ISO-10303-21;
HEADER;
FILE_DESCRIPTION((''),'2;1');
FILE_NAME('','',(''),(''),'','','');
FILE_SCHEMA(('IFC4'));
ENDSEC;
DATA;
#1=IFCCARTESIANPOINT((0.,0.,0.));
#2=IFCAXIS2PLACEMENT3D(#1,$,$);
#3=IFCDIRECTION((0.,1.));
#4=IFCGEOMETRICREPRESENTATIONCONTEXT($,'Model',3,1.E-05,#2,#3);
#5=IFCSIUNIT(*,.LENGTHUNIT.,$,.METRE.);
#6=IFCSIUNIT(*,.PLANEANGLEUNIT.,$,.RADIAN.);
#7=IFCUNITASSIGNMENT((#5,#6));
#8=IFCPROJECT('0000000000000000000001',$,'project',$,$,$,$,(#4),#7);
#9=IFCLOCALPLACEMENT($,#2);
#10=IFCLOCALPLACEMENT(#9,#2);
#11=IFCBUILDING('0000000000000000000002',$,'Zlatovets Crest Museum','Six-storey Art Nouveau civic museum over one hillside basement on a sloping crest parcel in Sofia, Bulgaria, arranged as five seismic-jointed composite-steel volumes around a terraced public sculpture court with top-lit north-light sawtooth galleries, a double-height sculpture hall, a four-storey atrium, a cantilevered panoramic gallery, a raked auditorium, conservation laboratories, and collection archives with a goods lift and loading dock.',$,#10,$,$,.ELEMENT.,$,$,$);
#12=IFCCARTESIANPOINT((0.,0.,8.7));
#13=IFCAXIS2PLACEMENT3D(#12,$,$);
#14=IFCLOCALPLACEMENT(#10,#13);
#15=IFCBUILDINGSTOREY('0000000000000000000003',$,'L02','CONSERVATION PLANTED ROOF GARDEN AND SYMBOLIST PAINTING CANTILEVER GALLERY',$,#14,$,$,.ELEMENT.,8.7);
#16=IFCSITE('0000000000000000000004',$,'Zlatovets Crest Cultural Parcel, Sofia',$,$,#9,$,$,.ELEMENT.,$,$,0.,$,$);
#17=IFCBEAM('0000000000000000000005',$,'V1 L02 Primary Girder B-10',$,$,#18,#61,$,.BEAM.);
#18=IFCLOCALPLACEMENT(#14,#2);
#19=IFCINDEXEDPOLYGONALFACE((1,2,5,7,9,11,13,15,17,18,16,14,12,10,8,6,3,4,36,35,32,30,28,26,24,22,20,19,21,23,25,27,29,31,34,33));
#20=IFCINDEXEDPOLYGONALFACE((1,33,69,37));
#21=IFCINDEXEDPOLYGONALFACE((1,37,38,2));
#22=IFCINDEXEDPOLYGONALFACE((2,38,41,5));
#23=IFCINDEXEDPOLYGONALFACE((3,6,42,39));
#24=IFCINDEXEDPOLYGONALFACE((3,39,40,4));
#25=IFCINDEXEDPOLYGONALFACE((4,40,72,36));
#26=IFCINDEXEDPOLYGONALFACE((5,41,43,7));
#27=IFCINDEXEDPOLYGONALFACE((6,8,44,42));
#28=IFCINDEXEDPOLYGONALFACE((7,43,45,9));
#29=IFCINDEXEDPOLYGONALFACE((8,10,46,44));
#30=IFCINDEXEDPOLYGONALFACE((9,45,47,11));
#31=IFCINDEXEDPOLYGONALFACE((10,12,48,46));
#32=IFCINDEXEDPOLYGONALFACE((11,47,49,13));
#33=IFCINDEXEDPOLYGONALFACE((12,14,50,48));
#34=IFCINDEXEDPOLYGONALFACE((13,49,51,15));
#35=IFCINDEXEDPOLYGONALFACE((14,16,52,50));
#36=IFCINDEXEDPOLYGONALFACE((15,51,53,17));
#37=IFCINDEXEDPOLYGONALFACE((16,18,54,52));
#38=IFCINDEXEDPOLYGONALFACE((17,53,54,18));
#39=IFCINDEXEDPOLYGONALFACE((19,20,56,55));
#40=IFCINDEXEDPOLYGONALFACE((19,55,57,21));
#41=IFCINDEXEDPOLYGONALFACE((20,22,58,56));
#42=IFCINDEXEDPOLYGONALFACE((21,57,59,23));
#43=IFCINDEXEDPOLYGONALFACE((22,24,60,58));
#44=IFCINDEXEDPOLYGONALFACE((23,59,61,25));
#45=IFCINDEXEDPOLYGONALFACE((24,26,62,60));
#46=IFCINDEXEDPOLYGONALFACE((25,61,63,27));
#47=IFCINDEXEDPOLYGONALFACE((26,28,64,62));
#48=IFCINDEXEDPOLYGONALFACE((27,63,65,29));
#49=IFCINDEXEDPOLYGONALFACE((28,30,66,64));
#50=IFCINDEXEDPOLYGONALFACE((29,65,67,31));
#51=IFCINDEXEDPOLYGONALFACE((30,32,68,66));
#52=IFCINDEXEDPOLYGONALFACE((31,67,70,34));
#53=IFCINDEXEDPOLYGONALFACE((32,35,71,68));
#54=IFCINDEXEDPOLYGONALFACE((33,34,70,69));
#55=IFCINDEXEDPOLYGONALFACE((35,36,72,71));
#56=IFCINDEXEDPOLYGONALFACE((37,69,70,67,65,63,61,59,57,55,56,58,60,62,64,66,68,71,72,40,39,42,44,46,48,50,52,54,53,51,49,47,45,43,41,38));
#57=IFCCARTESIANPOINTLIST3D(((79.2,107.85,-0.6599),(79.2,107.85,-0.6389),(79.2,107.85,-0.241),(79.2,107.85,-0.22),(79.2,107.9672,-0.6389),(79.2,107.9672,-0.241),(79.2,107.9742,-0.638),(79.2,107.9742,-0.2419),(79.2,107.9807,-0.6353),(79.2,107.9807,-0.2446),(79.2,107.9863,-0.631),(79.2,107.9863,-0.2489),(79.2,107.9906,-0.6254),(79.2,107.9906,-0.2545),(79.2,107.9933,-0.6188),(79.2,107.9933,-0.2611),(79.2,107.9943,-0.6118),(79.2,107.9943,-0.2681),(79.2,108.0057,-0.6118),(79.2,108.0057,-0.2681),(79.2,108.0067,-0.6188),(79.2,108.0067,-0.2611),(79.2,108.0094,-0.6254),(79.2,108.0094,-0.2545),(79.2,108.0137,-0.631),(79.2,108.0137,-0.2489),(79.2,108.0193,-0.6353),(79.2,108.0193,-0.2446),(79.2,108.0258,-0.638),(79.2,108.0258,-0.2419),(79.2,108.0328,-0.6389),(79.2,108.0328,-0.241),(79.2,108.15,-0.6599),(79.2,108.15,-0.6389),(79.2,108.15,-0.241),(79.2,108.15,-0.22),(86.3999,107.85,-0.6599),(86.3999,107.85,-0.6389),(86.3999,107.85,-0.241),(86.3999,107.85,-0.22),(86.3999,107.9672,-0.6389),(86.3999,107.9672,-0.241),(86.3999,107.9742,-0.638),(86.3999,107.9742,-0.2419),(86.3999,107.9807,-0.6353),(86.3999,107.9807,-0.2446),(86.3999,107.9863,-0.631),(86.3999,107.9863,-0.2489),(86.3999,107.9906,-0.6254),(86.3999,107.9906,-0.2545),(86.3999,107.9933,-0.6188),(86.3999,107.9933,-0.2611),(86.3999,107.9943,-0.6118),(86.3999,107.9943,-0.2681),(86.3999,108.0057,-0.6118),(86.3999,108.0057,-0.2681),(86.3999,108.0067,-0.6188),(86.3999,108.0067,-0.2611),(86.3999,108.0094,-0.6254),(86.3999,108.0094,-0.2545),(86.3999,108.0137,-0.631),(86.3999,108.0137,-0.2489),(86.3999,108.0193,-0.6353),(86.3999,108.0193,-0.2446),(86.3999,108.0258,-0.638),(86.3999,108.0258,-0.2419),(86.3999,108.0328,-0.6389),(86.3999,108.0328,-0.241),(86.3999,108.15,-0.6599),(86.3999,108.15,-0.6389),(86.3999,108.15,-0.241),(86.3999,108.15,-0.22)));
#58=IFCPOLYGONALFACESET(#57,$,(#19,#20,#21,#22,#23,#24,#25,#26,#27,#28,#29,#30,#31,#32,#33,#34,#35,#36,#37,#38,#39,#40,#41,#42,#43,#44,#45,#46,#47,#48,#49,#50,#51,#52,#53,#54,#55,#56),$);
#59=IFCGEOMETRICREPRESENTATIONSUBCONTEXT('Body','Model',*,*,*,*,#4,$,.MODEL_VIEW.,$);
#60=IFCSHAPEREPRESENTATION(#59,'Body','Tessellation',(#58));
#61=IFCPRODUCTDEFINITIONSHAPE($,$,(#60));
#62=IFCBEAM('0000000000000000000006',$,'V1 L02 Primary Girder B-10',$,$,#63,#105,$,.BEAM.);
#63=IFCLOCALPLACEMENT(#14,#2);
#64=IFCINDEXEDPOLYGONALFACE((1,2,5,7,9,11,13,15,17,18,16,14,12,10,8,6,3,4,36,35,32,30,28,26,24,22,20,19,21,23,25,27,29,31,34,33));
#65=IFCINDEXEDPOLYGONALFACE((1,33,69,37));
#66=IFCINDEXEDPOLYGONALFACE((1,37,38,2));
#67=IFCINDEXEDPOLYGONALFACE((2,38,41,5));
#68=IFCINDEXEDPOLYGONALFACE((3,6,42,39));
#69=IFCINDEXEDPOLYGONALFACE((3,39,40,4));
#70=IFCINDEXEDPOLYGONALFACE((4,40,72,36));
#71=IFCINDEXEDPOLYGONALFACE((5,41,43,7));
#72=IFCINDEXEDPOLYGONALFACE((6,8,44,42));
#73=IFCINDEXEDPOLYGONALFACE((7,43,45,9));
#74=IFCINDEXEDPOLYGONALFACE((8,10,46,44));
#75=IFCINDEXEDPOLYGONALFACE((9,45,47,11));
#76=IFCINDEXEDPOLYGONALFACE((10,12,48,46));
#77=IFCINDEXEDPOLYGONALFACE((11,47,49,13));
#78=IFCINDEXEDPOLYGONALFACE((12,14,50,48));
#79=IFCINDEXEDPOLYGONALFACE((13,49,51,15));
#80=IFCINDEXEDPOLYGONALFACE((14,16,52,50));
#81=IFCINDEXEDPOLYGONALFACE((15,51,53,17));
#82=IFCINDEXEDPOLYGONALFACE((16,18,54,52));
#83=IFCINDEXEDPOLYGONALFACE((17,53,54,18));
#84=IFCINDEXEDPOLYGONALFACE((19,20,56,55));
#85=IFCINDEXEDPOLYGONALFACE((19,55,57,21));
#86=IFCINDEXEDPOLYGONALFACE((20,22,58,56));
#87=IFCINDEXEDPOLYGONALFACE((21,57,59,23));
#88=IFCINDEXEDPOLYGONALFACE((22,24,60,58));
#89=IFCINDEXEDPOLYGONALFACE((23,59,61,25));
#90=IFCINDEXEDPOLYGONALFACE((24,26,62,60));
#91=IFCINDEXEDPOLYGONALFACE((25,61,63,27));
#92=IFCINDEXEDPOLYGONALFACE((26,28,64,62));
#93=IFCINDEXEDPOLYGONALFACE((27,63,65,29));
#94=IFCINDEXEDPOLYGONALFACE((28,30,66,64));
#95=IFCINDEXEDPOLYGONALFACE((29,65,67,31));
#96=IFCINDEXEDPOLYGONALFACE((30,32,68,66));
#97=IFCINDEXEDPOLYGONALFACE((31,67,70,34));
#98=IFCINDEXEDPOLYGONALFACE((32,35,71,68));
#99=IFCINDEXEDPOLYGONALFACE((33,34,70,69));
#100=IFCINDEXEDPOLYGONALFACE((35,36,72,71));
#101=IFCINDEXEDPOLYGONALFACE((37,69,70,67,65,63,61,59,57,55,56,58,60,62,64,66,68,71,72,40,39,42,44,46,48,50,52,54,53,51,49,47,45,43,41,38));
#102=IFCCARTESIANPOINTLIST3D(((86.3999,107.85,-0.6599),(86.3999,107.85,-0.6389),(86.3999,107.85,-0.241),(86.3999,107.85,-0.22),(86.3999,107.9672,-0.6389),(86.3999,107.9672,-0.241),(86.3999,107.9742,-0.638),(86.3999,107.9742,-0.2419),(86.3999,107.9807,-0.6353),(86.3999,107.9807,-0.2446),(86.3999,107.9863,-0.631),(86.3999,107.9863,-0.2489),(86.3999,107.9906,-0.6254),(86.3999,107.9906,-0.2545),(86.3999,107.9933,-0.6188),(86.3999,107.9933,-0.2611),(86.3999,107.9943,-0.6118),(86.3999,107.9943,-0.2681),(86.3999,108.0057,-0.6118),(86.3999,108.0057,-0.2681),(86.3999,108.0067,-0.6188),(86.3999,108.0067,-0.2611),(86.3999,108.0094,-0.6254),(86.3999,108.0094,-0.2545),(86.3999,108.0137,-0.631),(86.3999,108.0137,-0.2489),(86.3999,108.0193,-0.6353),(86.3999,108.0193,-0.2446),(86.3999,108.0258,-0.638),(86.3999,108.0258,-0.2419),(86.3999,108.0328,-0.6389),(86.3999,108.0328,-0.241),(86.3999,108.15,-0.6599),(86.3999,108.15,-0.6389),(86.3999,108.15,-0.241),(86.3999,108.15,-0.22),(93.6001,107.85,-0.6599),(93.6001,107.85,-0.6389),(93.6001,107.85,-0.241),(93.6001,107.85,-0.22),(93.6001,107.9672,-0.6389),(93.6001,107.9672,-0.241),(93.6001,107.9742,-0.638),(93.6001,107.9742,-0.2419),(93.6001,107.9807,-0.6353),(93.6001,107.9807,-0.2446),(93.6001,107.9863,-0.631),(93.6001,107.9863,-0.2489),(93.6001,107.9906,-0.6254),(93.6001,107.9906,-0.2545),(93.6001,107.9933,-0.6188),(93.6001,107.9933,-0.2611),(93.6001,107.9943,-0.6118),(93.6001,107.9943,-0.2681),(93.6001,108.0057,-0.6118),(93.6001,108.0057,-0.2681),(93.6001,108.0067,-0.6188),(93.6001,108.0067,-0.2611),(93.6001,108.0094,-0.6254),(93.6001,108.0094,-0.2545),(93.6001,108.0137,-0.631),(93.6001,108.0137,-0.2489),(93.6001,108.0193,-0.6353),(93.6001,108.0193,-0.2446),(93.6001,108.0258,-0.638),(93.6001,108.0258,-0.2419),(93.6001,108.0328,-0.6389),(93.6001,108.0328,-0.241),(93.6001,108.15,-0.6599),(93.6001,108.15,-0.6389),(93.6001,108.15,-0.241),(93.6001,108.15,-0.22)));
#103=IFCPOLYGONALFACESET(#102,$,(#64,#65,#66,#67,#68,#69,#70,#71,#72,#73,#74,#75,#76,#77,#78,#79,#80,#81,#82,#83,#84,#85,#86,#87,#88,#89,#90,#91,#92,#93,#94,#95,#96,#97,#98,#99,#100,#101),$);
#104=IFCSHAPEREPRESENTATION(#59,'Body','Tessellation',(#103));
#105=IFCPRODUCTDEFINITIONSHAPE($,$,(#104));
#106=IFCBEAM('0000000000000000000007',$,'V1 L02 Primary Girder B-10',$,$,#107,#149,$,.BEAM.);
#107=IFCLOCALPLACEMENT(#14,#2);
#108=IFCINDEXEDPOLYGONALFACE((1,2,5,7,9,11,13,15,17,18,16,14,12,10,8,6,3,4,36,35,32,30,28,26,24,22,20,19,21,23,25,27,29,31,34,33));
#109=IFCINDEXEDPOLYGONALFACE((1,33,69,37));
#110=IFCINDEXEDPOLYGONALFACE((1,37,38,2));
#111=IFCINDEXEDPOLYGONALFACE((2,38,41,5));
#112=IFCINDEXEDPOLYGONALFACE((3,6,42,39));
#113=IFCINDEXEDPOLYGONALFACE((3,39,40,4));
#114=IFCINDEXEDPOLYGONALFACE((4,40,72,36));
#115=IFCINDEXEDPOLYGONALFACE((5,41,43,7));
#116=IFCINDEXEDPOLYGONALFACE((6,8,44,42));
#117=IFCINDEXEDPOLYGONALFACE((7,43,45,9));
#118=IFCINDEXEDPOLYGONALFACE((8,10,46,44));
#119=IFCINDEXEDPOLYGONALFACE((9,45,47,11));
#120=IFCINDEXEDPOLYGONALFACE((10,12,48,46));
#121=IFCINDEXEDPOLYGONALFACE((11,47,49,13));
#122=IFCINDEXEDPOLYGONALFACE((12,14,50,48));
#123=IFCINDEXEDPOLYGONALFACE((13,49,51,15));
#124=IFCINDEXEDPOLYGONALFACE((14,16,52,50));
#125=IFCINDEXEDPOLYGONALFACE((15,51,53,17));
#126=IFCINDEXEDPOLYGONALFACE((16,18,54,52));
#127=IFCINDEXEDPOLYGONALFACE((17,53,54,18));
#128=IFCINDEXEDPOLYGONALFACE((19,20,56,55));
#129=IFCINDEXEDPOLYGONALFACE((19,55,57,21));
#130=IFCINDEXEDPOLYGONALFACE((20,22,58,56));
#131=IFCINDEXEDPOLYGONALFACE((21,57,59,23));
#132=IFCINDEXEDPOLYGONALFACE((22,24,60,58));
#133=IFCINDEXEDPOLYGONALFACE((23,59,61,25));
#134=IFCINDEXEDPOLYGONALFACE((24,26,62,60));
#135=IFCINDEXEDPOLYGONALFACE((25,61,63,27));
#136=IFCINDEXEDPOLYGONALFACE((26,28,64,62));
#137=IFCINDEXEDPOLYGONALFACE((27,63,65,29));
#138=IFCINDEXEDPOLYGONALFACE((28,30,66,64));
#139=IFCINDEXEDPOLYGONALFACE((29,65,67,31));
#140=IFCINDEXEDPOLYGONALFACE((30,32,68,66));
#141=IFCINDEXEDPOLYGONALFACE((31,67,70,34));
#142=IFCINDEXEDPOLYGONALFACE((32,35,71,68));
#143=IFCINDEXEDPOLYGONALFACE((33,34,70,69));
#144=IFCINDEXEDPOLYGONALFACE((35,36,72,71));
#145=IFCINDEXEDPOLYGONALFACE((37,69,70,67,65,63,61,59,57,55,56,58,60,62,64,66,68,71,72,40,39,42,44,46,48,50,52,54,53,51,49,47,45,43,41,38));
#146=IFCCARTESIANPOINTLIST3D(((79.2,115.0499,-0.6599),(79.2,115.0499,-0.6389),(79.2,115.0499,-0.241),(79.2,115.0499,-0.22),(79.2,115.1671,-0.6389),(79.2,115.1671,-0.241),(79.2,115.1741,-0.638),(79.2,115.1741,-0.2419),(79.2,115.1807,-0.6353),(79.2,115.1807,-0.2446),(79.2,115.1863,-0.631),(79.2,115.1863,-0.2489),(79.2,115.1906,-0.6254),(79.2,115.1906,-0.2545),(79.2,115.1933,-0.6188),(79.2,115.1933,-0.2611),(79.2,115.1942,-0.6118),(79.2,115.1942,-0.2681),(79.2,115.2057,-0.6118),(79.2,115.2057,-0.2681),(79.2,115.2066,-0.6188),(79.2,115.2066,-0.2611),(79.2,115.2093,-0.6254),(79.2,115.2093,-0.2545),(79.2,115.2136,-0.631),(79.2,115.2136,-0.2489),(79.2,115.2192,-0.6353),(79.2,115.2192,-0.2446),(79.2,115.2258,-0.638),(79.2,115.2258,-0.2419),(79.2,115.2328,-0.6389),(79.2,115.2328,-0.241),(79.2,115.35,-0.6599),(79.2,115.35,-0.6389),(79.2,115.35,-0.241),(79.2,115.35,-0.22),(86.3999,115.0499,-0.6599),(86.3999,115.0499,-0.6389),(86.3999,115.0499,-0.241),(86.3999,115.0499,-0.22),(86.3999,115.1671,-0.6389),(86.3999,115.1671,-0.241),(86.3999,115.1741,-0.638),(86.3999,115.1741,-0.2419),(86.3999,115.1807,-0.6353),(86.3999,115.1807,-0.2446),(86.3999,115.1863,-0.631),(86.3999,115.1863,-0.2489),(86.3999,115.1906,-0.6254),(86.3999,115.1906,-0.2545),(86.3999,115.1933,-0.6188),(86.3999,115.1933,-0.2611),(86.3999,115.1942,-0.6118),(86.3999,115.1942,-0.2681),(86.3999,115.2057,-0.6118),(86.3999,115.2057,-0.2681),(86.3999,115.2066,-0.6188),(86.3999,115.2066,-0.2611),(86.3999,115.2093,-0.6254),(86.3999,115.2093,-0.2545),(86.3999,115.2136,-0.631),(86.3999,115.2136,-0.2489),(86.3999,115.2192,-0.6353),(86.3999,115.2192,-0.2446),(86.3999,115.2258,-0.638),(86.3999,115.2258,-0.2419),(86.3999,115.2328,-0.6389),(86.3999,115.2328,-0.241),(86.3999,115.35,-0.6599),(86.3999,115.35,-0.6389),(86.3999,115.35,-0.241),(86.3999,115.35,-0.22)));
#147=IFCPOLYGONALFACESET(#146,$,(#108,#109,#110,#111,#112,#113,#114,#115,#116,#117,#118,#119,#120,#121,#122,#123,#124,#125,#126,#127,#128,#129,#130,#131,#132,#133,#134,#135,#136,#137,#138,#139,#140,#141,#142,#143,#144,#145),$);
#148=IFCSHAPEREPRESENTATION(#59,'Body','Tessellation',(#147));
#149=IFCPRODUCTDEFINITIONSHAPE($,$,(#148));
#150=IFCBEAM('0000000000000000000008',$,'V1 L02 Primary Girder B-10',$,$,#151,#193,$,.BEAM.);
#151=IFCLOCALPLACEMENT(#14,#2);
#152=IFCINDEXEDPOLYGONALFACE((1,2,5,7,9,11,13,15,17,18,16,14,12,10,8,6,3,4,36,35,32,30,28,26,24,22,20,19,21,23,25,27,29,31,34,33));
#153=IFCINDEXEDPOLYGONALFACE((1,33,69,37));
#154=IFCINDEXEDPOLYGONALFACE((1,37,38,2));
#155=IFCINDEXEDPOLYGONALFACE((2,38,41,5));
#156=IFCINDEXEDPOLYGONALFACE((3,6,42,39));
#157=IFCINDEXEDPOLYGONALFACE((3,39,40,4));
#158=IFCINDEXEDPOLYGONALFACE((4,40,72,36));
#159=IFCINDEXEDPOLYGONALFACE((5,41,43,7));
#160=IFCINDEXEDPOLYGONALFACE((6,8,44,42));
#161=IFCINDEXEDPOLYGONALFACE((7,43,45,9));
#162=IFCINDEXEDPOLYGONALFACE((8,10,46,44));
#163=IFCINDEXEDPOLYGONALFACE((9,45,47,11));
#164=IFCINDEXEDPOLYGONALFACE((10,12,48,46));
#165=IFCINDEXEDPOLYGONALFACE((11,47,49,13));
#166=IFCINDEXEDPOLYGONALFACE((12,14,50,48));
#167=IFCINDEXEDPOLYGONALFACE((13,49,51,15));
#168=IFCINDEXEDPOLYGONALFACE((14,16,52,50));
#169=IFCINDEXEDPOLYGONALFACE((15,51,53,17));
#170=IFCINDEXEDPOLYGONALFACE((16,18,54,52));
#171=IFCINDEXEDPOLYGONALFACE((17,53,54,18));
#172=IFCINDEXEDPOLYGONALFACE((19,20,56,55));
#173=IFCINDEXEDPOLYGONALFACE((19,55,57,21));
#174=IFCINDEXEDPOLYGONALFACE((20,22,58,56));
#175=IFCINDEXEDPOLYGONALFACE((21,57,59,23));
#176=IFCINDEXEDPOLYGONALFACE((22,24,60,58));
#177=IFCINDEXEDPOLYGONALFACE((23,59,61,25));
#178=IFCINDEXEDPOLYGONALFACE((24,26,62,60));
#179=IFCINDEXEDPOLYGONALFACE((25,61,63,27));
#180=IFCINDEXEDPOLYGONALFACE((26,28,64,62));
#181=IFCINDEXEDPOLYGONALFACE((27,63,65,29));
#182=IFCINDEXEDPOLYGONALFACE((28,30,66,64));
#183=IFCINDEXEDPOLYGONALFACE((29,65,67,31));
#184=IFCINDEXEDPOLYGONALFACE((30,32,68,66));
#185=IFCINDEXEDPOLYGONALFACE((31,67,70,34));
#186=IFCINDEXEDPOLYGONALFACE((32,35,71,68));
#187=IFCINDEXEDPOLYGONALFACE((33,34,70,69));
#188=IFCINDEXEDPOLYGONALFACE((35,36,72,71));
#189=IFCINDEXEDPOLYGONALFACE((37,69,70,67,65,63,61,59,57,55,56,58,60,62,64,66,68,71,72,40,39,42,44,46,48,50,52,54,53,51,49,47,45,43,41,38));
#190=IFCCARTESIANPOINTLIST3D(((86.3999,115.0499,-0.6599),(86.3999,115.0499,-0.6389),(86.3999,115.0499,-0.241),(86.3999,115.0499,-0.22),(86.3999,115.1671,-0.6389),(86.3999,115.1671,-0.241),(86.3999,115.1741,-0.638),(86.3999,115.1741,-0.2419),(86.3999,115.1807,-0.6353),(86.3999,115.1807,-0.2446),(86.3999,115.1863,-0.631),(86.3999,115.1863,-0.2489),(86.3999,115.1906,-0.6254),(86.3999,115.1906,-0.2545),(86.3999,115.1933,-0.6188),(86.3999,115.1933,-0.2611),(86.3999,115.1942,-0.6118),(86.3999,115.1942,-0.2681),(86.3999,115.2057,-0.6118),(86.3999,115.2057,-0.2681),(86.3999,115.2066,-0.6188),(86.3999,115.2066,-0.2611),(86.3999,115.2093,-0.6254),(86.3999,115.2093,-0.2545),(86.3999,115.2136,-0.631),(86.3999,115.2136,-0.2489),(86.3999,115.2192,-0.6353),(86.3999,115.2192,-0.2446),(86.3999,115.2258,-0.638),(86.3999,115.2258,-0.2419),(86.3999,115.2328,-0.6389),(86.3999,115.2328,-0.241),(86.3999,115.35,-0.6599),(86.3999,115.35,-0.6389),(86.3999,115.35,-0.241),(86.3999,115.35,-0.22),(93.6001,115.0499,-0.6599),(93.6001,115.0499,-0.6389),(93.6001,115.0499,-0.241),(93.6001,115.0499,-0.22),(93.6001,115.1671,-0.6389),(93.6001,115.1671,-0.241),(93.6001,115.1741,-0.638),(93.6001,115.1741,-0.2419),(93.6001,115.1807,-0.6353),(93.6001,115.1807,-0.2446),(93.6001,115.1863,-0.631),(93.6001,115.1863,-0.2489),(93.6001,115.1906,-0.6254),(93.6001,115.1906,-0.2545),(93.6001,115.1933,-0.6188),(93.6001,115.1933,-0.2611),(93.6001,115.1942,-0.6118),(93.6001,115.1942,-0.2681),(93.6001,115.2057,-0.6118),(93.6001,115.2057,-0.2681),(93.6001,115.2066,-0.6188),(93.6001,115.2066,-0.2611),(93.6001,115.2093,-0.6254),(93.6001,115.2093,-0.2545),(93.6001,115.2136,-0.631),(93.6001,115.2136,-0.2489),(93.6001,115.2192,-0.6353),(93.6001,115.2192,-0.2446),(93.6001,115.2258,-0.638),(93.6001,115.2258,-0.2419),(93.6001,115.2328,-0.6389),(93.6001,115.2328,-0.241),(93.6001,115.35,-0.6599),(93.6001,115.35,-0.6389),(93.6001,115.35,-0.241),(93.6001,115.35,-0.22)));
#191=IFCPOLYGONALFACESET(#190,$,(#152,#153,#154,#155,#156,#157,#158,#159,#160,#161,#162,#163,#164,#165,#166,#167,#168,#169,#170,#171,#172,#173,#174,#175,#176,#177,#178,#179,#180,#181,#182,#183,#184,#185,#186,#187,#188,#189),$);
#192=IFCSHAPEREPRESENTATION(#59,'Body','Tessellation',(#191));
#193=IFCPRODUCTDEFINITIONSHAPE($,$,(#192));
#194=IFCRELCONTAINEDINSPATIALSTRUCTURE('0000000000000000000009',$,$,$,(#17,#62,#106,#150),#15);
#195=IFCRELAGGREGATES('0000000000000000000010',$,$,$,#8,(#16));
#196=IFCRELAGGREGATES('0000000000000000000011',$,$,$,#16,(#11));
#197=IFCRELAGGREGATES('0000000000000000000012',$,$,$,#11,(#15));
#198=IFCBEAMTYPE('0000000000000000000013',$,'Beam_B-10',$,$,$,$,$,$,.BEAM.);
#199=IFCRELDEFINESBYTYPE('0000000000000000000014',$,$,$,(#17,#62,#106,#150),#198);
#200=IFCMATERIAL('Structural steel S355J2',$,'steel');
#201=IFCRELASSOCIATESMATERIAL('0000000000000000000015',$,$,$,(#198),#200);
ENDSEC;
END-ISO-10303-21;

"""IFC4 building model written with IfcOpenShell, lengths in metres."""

from ifc_helpers import new_model, si_unit, direction, frame, origin, origin_2d, place, context, subcontext, project, spatial, i_section, extrude, material, material_profile, profile_set, type_object, element, save


model = new_model("IFC4")

# Units and contexts
model_context = context("Model", 3, precision=1e-05, world=origin(), true_north=direction((0.0, 1.0)))
body_context = subcontext(model_context, "Body", "Model", "MODEL_VIEW")
ifc_project = project(units=[si_unit("LENGTHUNIT", "METRE"), si_unit("PLANEANGLEUNIT", "RADIAN")], contexts=[model_context])

# Site, building, storey
site_placement = place(None, origin())
site = spatial("IfcSite", under=ifc_project, at=site_placement, Name="Zlatovets Crest Cultural Parcel, Sofia", CompositionType="ELEMENT", RefElevation=0.0)
building_placement = place(site_placement, origin())
building = spatial("IfcBuilding", under=site, at=building_placement, Name="Zlatovets Crest Museum", Description="Six-storey Art Nouveau civic museum over one hillside basement on a sloping crest parcel in Sofia, Bulgaria, arranged as five seismic-jointed composite-steel volumes around a terraced public sculpture court with top-lit north-light sawtooth galleries, a double-height sculpture hall, a four-storey atrium, a cantilevered panoramic gallery, a raked auditorium, conservation laboratories, and collection archives with a goods lift and loading dock.", CompositionType="ELEMENT")
storey_placement = place(building_placement, frame((0.0, 0.0, 8.7)))
storey = spatial("IfcBuildingStorey", under=building, at=storey_placement, Name="L02", Description="CONSERVATION PLANTED ROOF GARDEN AND SYMBOLIST PAINTING CANTILEVER GALLERY", CompositionType="ELEMENT", Elevation=8.7)

# Shared definitions
ifc_material_1 = material(Name="Structural steel S355J2", Category="steel")

# Beams
ifc_material_profile_1 = material_profile(ifc_material_1, i_section(OverallWidth=0.3, OverallDepth=0.4399, WebThickness=0.0115, FlangeThickness=0.021, FilletRadius=0.0271, at=origin_2d()), Name="HEA 450")
ifc_profile_set_1 = profile_set([ifc_material_profile_1], Name="Structural steel S355J2")
beam_type_1 = type_object("IfcBeamType", Name="Beam_B-10", PredefinedType="BEAM", material=ifc_profile_set_1)
beam_1_placement = place(storey_placement, frame((79.2, 108.0, -0.4399), z_axis=(1.0, 0.0, 0.0), x_axis=(0.0, 1.0, 0.0)))
element("IfcBeam", 1, at=beam_1_placement, inside=storey, type_object=beam_type_1, Name="V1 L02 Primary Girder B-10", PredefinedType="BEAM", context=body_context, shape_type="SweptSolid", body=[
    extrude(i_section(OverallWidth=0.3, OverallDepth=0.4399, WebThickness=0.0115, FlangeThickness=0.021, FilletRadius=0.0271, at=origin_2d()), origin(), (0.0, 0.0, 1.0), 7.2),
])
beam_2_placement = place(storey_placement, frame((86.3999, 108.0, -0.4399), z_axis=(1.0, 0.0, 0.0), x_axis=(0.0, 1.0, 0.0)))
element("IfcBeam", 2, at=beam_2_placement, inside=storey, type_object=beam_type_1, Name="V1 L02 Primary Girder B-10", PredefinedType="BEAM", context=body_context, shape_type="SweptSolid", body=[
    extrude(i_section(OverallWidth=0.3, OverallDepth=0.4399, WebThickness=0.0115, FlangeThickness=0.021, FilletRadius=0.0271, at=origin_2d()), origin(), (0.0, 0.0, 1.0), 7.2002),
])
beam_3_placement = place(storey_placement, frame((79.2, 115.2, -0.4399), z_axis=(1.0, 0.0, 0.0), x_axis=(0.0, 1.0, 0.0)))
element("IfcBeam", 3, at=beam_3_placement, inside=storey, type_object=beam_type_1, Name="V1 L02 Primary Girder B-10", PredefinedType="BEAM", context=body_context, shape_type="SweptSolid", body=[
    extrude(i_section(OverallWidth=0.3, OverallDepth=0.4399, WebThickness=0.0115, FlangeThickness=0.021, FilletRadius=0.0271, at=origin_2d()), origin(), (0.0, 0.0, 1.0), 7.2),
])
beam_4_placement = place(storey_placement, frame((86.3999, 115.2, -0.4399), z_axis=(1.0, 0.0, 0.0), x_axis=(0.0, 1.0, 0.0)))
element("IfcBeam", 4, at=beam_4_placement, inside=storey, type_object=beam_type_1, Name="V1 L02 Primary Girder B-10", PredefinedType="BEAM", context=body_context, shape_type="SweptSolid", body=[
    extrude(i_section(OverallWidth=0.3, OverallDepth=0.4399, WebThickness=0.0115, FlangeThickness=0.021, FilletRadius=0.0271, at=origin_2d()), origin(), (0.0, 0.0, 1.0), 7.2002),
])

save(model, "model.ifc")
